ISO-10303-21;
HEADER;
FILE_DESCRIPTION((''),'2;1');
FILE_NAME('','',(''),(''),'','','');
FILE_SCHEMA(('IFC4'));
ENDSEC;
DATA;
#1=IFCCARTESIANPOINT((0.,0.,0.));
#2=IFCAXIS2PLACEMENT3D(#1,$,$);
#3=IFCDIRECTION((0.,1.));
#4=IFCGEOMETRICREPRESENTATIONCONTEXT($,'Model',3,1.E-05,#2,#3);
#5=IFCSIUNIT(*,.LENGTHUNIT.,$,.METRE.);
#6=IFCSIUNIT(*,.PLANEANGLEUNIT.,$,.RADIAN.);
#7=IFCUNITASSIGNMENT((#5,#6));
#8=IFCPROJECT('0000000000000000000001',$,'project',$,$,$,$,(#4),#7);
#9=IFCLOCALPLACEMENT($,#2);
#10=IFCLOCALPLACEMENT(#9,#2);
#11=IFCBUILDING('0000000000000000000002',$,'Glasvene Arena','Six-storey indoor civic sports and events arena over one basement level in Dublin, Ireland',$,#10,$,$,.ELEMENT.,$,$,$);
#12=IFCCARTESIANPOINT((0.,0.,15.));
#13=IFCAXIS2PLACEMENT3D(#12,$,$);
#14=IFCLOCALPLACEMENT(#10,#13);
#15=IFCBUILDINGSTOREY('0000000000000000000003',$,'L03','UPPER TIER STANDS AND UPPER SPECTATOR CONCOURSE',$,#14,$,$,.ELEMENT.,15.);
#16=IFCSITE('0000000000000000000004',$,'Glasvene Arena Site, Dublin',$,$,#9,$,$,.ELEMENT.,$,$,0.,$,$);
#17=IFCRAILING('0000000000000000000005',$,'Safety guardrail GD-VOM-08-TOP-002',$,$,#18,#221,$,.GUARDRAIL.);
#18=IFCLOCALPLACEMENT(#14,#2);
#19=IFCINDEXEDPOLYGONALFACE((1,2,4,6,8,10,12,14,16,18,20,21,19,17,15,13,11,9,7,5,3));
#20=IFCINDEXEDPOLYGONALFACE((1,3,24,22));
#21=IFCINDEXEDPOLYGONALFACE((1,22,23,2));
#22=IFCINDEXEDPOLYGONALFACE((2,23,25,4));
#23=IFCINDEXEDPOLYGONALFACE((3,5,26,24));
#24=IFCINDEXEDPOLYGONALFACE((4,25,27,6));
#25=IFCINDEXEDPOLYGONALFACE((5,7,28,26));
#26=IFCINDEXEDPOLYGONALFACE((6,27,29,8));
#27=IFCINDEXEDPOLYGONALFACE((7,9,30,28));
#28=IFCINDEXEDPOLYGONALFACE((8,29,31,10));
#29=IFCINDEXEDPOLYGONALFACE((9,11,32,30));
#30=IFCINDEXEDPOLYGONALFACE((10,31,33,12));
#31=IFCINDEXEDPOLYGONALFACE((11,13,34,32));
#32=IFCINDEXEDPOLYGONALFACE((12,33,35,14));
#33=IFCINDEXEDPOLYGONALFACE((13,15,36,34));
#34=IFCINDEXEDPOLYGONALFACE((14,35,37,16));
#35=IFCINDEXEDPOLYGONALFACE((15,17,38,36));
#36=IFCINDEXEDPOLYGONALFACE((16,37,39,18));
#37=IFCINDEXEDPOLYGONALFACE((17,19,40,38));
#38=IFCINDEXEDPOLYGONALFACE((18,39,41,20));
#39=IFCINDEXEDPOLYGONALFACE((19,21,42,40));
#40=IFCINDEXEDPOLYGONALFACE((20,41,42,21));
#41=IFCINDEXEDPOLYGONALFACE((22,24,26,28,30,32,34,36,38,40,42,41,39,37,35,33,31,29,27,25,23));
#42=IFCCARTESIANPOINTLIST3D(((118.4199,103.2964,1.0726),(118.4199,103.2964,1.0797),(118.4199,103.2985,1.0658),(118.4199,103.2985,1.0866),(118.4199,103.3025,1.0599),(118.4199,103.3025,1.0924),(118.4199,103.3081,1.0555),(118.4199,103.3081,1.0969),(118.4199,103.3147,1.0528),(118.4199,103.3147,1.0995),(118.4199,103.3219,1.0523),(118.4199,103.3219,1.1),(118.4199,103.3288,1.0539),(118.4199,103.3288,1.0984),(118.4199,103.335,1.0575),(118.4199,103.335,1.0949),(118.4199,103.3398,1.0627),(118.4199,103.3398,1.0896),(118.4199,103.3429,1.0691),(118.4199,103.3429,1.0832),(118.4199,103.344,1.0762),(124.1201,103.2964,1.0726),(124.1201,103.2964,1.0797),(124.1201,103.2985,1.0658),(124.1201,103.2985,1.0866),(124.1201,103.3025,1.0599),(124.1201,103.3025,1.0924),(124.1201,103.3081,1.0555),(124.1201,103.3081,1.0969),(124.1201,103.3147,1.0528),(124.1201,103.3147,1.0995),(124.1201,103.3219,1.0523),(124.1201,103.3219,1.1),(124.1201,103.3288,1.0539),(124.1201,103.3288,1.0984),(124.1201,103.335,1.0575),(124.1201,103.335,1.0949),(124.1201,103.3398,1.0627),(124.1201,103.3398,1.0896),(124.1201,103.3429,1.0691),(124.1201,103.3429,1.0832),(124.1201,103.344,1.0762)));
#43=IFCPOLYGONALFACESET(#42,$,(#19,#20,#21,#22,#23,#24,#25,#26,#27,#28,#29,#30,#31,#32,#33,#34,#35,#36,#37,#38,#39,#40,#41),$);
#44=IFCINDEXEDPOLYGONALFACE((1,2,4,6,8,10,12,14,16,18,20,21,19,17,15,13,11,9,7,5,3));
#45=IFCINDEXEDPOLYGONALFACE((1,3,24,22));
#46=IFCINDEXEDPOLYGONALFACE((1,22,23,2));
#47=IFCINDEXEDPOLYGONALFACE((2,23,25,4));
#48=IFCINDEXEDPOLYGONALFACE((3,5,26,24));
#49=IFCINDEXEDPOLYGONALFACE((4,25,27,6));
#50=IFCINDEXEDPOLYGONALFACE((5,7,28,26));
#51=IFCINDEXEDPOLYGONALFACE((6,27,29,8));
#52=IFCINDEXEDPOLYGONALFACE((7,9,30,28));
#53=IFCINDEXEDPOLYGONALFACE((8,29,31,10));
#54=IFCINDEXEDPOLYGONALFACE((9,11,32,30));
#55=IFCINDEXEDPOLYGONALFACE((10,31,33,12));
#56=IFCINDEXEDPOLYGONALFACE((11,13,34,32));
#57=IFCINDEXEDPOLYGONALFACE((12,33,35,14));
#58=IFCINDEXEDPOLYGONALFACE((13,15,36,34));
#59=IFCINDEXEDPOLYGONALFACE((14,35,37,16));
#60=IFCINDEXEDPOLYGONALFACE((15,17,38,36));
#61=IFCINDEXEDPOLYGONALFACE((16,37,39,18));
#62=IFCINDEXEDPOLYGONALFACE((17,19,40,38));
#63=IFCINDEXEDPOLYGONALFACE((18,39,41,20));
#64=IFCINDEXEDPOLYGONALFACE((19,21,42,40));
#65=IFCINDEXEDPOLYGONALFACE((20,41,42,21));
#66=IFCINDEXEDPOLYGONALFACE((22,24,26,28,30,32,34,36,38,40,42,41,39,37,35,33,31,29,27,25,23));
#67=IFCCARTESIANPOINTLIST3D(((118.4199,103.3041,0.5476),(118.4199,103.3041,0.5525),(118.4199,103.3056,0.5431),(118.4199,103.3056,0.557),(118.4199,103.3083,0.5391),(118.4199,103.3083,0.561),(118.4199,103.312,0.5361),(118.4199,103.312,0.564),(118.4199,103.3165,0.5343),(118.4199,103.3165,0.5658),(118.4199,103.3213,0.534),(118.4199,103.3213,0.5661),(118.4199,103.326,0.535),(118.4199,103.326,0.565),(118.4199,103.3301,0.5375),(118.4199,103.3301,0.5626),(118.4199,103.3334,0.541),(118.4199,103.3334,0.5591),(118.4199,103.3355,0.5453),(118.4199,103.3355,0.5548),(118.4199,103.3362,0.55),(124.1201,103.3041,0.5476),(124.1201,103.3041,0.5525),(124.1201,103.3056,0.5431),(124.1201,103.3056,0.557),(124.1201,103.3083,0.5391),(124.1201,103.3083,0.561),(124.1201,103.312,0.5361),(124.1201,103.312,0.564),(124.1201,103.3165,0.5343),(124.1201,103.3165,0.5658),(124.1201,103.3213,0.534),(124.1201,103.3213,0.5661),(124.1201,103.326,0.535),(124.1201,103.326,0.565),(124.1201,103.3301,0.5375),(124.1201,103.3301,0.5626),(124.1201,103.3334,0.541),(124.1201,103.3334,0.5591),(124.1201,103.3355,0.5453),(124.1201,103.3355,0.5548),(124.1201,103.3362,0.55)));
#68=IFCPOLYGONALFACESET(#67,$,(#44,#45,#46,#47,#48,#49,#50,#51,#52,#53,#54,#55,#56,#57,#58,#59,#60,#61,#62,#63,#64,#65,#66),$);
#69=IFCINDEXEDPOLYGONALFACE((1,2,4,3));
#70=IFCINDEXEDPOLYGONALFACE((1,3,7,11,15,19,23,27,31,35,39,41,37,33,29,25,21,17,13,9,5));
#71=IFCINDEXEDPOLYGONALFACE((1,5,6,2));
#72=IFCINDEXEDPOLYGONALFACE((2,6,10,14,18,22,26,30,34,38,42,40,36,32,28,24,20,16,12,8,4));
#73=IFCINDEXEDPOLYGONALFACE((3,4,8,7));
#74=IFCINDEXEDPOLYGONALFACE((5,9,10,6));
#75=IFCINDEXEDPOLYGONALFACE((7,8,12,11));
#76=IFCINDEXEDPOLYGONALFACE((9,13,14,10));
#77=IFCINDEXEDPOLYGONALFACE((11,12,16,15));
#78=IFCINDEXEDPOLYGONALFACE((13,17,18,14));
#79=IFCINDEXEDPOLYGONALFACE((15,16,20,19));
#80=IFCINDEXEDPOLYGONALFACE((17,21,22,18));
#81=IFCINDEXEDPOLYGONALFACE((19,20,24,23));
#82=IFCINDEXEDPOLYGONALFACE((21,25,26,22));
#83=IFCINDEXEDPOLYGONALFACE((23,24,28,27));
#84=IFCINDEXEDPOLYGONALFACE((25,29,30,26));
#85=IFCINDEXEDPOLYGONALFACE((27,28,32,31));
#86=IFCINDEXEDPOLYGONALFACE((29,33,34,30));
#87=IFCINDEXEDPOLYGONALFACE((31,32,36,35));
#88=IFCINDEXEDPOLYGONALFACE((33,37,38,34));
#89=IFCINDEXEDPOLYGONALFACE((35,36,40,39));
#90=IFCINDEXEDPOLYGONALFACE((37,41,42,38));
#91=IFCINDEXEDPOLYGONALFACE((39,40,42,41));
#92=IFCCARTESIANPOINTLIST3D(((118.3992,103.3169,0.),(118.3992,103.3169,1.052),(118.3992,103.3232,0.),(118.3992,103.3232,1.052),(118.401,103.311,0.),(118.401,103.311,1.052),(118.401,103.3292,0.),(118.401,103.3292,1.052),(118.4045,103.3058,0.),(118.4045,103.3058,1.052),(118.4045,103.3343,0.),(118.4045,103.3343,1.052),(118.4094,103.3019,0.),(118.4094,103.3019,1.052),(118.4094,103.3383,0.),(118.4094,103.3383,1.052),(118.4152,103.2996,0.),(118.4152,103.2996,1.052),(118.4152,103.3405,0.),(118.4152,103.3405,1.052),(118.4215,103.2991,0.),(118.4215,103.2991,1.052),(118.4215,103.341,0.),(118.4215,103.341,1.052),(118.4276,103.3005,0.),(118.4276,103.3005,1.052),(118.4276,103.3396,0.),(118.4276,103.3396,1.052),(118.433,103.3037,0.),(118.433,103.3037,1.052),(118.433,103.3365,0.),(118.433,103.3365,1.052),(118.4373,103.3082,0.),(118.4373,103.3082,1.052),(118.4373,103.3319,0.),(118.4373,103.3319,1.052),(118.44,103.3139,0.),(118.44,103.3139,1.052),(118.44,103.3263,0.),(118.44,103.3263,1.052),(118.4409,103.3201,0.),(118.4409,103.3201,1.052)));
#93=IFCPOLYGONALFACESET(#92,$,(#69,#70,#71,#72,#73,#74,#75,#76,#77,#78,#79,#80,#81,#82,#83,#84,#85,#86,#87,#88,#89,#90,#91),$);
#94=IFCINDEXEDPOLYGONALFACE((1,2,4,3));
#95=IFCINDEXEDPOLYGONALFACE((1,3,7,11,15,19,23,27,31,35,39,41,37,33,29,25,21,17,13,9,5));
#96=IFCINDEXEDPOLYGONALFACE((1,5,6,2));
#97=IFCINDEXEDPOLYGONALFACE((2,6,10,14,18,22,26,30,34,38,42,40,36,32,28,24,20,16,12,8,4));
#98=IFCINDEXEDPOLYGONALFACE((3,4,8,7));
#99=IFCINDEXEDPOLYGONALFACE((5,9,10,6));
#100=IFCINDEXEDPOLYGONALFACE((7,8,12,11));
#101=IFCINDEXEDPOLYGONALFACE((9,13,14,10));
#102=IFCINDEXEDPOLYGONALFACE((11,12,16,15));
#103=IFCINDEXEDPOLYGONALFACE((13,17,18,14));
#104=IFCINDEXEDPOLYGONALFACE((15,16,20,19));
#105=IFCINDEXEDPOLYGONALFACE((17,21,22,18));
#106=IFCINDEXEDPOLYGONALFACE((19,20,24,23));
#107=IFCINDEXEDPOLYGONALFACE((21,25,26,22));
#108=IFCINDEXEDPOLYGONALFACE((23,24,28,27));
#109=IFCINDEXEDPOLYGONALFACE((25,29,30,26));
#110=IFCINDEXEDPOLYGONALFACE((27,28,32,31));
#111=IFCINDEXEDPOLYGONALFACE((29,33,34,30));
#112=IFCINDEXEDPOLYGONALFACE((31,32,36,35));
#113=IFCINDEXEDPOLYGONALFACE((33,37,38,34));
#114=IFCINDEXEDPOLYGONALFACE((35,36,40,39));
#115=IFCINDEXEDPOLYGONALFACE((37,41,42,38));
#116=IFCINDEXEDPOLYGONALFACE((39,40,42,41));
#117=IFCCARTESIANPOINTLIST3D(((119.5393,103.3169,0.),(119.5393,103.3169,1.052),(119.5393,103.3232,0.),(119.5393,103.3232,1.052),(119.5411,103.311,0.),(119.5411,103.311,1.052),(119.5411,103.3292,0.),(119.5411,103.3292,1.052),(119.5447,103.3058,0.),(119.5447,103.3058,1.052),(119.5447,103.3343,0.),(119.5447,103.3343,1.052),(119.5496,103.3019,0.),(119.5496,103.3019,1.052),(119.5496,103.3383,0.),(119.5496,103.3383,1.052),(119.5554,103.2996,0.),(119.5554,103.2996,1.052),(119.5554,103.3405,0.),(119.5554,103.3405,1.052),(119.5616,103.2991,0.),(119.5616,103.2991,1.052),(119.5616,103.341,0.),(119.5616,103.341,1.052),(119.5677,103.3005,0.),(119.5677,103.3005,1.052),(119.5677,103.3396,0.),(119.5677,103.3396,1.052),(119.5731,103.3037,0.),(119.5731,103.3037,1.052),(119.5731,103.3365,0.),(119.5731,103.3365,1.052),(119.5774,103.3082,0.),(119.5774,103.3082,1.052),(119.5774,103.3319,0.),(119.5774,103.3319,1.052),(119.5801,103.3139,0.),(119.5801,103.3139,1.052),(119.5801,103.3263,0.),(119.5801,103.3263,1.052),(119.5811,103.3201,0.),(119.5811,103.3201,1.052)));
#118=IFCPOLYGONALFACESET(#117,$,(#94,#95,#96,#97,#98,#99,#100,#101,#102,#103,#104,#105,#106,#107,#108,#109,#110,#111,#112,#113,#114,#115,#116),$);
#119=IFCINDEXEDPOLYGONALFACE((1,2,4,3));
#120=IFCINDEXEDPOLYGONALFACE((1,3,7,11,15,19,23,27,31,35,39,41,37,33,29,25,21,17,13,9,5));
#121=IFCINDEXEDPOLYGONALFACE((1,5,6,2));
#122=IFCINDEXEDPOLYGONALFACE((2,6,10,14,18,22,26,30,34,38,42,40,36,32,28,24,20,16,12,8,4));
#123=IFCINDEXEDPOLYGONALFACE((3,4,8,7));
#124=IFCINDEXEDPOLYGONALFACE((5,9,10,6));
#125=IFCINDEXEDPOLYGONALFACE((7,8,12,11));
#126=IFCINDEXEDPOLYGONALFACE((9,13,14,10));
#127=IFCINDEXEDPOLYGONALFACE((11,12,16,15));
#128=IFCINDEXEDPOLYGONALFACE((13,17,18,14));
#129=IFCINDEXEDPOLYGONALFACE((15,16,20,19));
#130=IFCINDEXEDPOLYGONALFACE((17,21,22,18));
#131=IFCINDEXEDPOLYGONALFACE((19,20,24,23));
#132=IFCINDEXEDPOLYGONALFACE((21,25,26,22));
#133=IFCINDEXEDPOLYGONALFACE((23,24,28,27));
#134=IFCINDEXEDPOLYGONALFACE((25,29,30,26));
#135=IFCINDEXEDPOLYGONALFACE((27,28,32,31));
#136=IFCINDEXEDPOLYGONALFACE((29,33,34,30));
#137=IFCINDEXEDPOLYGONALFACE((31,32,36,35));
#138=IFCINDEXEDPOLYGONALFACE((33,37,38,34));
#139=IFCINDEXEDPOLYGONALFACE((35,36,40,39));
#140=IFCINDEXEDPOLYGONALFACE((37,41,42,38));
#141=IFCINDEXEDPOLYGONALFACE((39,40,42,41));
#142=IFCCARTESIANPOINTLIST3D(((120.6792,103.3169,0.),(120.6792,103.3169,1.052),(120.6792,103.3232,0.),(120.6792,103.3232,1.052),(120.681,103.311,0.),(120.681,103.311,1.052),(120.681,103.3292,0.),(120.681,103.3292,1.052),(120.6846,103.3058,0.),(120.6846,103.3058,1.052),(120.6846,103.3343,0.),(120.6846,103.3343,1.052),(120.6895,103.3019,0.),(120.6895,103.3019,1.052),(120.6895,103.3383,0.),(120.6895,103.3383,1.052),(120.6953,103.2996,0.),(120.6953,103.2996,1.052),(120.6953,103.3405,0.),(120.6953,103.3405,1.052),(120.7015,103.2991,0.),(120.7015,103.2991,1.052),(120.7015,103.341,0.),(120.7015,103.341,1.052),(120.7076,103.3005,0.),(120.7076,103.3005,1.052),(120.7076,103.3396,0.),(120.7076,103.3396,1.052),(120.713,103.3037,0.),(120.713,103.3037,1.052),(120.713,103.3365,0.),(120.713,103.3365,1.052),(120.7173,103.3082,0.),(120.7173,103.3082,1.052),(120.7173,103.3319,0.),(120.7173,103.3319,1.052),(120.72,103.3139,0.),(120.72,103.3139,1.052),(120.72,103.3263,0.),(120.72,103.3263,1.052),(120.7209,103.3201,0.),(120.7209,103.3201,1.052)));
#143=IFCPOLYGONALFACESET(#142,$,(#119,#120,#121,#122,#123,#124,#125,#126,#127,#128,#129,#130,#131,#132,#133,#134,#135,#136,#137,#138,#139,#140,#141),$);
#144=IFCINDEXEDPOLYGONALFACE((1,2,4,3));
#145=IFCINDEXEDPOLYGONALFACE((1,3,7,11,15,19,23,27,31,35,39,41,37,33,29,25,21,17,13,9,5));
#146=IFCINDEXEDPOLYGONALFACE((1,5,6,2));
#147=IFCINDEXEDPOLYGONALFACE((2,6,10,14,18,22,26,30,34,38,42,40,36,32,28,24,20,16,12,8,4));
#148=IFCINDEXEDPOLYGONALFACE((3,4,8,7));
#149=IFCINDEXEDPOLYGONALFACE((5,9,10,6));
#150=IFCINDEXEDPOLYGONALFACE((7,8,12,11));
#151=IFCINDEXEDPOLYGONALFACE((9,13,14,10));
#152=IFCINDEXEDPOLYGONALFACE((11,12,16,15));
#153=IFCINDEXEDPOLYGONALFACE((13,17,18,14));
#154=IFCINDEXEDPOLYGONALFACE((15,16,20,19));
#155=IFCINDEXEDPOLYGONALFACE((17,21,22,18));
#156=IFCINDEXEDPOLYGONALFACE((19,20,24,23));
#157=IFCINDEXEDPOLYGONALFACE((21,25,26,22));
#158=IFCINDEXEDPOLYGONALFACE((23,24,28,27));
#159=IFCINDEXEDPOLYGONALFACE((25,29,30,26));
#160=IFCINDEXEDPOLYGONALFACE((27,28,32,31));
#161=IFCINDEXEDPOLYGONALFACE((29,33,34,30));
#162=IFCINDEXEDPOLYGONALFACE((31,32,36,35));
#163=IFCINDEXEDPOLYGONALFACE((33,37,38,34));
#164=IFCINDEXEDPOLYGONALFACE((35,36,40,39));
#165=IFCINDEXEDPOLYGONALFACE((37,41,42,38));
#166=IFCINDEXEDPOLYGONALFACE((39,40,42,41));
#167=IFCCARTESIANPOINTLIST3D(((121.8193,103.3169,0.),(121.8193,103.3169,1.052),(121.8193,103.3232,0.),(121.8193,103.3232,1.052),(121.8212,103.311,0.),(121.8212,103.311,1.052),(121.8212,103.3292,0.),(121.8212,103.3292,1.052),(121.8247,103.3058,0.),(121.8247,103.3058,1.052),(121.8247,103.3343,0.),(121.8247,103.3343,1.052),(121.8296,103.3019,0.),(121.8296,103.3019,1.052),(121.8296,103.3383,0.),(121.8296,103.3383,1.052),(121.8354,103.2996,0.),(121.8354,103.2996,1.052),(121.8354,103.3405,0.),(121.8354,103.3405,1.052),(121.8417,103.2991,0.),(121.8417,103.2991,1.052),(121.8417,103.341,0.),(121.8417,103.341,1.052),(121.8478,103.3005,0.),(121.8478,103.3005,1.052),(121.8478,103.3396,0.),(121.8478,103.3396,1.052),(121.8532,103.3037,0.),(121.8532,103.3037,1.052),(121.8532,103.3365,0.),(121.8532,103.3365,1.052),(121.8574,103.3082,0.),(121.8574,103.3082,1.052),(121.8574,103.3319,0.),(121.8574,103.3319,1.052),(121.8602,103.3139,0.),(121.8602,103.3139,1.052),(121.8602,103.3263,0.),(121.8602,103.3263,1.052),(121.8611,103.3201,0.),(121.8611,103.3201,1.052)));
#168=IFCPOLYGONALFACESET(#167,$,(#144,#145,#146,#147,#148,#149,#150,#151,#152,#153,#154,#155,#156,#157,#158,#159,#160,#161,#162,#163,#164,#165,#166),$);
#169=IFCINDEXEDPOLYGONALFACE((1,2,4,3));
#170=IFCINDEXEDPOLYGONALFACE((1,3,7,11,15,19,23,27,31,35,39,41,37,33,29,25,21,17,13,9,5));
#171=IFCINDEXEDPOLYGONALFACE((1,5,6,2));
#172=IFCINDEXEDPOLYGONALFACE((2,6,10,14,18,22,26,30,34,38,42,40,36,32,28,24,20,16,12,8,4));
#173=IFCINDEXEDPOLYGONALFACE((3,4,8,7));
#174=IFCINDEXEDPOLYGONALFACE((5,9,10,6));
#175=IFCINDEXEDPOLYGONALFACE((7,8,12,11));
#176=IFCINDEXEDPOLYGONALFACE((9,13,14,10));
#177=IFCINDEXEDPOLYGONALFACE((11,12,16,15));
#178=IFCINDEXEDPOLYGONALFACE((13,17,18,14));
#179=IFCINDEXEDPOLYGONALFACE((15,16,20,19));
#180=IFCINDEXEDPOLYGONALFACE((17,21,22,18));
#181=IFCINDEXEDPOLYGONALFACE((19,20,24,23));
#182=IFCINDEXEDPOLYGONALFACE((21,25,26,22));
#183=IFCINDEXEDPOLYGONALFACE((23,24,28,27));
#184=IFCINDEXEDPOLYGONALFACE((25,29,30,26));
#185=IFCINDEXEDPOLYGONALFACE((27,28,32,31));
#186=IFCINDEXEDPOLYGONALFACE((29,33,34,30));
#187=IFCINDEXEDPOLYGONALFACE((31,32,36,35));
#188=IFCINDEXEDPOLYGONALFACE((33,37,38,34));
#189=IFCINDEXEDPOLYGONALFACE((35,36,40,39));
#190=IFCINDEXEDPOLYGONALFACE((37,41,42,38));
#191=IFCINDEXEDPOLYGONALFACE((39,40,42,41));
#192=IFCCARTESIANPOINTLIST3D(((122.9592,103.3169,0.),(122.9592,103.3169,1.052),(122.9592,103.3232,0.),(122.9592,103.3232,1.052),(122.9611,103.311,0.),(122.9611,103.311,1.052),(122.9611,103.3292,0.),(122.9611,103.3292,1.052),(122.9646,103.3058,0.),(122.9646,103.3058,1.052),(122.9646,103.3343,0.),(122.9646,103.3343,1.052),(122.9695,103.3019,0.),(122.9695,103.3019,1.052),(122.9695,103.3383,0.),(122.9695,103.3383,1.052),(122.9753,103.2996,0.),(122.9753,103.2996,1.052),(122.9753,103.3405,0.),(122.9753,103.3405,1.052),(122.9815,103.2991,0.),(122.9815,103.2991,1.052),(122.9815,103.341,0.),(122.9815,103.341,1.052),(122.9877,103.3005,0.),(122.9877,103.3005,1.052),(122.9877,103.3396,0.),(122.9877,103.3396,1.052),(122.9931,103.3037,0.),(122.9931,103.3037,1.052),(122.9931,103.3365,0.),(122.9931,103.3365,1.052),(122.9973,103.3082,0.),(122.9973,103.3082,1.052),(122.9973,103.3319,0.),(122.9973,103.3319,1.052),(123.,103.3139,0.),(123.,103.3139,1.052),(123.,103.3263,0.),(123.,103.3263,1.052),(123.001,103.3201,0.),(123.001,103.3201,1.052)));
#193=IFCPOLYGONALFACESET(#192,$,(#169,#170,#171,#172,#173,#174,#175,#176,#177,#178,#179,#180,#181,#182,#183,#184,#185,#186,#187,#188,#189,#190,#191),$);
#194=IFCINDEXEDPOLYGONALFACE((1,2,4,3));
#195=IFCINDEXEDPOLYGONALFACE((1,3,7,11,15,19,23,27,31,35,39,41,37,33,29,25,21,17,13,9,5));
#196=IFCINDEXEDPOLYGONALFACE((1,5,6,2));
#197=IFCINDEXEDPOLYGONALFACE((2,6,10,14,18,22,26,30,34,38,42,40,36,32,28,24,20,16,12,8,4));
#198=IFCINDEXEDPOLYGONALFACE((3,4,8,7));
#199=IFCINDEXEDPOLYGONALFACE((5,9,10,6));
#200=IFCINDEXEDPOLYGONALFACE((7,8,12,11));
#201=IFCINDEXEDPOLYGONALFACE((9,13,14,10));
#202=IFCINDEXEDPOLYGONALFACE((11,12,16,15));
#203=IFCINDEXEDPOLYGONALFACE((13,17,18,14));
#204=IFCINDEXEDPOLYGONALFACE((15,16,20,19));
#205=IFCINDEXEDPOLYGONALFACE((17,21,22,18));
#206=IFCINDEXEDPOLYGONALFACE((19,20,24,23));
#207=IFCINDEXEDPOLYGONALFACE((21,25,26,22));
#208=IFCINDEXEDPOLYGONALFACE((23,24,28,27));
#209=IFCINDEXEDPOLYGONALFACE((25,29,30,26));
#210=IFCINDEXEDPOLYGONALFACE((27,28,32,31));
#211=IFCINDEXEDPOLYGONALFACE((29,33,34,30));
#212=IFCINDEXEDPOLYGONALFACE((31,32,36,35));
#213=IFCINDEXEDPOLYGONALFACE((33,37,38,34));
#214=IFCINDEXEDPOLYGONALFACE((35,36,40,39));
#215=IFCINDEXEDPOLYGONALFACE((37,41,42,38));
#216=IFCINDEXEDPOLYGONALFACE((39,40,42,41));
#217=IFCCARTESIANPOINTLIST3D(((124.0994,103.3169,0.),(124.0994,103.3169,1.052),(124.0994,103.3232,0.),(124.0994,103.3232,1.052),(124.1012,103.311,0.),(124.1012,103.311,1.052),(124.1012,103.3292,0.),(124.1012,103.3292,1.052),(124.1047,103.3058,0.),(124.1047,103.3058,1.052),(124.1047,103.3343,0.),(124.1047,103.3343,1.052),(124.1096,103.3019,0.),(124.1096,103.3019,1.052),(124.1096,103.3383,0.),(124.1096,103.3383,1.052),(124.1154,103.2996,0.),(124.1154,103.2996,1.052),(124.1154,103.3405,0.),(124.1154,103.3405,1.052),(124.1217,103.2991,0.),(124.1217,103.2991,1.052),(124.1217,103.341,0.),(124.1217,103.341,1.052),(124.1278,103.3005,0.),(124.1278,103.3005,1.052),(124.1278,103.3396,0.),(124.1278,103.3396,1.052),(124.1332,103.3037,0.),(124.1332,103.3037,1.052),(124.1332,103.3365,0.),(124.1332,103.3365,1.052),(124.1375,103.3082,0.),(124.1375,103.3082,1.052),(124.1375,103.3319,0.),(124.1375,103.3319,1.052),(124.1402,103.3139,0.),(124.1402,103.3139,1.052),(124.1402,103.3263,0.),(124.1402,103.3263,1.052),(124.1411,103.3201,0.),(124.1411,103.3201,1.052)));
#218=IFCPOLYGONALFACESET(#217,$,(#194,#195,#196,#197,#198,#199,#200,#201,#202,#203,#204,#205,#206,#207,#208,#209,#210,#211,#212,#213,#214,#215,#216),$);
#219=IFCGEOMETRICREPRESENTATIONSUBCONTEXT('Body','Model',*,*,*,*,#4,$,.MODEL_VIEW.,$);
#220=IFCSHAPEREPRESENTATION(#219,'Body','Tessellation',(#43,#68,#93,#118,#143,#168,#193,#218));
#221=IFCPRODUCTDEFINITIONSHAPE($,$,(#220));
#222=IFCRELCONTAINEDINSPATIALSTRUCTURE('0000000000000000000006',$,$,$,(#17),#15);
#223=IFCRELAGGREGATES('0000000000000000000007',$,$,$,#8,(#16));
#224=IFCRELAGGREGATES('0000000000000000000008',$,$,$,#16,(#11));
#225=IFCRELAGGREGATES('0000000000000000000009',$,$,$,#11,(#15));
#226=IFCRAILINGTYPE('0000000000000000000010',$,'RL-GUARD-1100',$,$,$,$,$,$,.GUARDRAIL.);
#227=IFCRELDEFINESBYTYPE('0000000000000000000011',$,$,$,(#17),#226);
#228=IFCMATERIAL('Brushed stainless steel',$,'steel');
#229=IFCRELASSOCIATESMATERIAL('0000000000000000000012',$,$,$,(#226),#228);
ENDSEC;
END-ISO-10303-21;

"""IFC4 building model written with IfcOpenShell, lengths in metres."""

from ifc_helpers import new_model, si_unit, direction, frame, origin, origin_2d, place, context, subcontext, project, spatial, circle, extrude, material, type_object, element, save


model = new_model("IFC4")

# Units and contexts
model_context = context("Model", 3, precision=1e-05, world=origin(), true_north=direction((0.0, 1.0)))
body_context = subcontext(model_context, "Body", "Model", "MODEL_VIEW")
ifc_project = project(units=[si_unit("LENGTHUNIT", "METRE"), si_unit("PLANEANGLEUNIT", "RADIAN")], contexts=[model_context])

# Site, building, storey
site_placement = place(None, origin())
site = spatial("IfcSite", under=ifc_project, at=site_placement, Name="Glasvene Arena Site, Dublin", CompositionType="ELEMENT", RefElevation=0.0)
building_placement = place(site_placement, origin())
building = spatial("IfcBuilding", under=site, at=building_placement, Name="Glasvene Arena", Description="Six-storey indoor civic sports and events arena over one basement level in Dublin, Ireland", CompositionType="ELEMENT")
storey_placement = place(building_placement, frame((0.0, 0.0, 15.0)))
storey = spatial("IfcBuildingStorey", under=building, at=storey_placement, Name="L03", Description="UPPER TIER STANDS AND UPPER SPECTATOR CONCOURSE", CompositionType="ELEMENT", Elevation=15.0)

# Railing
ifc_material_1 = material(Name="Brushed stainless steel", Category="steel")
railing_type = type_object("IfcRailingType", Name="RL-GUARD-1100", PredefinedType="GUARDRAIL", material=ifc_material_1)
railing_1_placement = place(storey_placement, frame((118.4199, 103.3201, 0.0)))
element("IfcRailing", 1, at=railing_1_placement, inside=storey, type_object=railing_type, Name="Safety guardrail GD-VOM-08-TOP-002", PredefinedType="GUARDRAIL", context=body_context, shape_type="SweptSolid", body=[
    extrude(circle(Radius=0.0239, at=origin_2d()), frame((0.0, 0.0, 1.0762), z_axis=(1.0, 0.0, 0.0), x_axis=(0.0, 1.0, 0.0)), (0.0, 0.0, 1.0), 5.7002),
    extrude(circle(Radius=0.0161, at=origin_2d()), frame((0.0, 0.0, 0.55), z_axis=(1.0, 0.0, 0.0), x_axis=(0.0, 1.0, 0.0)), (0.0, 0.0, 1.0), 5.7002),
    extrude(circle(Radius=0.021, at=origin_2d()), origin(), (0.0, 0.0, 1.0), 1.052),
    extrude(circle(Radius=0.021, at=origin_2d()), frame((1.1401, 0.0, 0.0)), (0.0, 0.0, 1.0), 1.052),
    extrude(circle(Radius=0.021, at=origin_2d()), frame((2.28, 0.0, 0.0)), (0.0, 0.0, 1.0), 1.052),
    extrude(circle(Radius=0.021, at=origin_2d()), frame((3.4202, 0.0, 0.0)), (0.0, 0.0, 1.0), 1.052),
    extrude(circle(Radius=0.021, at=origin_2d()), frame((4.5601, 0.0, 0.0)), (0.0, 0.0, 1.0), 1.052),
    extrude(circle(Radius=0.021, at=origin_2d()), frame((5.7002, 0.0, 0.0)), (0.0, 0.0, 1.0), 1.052),
])

save(model, "model.ifc")
